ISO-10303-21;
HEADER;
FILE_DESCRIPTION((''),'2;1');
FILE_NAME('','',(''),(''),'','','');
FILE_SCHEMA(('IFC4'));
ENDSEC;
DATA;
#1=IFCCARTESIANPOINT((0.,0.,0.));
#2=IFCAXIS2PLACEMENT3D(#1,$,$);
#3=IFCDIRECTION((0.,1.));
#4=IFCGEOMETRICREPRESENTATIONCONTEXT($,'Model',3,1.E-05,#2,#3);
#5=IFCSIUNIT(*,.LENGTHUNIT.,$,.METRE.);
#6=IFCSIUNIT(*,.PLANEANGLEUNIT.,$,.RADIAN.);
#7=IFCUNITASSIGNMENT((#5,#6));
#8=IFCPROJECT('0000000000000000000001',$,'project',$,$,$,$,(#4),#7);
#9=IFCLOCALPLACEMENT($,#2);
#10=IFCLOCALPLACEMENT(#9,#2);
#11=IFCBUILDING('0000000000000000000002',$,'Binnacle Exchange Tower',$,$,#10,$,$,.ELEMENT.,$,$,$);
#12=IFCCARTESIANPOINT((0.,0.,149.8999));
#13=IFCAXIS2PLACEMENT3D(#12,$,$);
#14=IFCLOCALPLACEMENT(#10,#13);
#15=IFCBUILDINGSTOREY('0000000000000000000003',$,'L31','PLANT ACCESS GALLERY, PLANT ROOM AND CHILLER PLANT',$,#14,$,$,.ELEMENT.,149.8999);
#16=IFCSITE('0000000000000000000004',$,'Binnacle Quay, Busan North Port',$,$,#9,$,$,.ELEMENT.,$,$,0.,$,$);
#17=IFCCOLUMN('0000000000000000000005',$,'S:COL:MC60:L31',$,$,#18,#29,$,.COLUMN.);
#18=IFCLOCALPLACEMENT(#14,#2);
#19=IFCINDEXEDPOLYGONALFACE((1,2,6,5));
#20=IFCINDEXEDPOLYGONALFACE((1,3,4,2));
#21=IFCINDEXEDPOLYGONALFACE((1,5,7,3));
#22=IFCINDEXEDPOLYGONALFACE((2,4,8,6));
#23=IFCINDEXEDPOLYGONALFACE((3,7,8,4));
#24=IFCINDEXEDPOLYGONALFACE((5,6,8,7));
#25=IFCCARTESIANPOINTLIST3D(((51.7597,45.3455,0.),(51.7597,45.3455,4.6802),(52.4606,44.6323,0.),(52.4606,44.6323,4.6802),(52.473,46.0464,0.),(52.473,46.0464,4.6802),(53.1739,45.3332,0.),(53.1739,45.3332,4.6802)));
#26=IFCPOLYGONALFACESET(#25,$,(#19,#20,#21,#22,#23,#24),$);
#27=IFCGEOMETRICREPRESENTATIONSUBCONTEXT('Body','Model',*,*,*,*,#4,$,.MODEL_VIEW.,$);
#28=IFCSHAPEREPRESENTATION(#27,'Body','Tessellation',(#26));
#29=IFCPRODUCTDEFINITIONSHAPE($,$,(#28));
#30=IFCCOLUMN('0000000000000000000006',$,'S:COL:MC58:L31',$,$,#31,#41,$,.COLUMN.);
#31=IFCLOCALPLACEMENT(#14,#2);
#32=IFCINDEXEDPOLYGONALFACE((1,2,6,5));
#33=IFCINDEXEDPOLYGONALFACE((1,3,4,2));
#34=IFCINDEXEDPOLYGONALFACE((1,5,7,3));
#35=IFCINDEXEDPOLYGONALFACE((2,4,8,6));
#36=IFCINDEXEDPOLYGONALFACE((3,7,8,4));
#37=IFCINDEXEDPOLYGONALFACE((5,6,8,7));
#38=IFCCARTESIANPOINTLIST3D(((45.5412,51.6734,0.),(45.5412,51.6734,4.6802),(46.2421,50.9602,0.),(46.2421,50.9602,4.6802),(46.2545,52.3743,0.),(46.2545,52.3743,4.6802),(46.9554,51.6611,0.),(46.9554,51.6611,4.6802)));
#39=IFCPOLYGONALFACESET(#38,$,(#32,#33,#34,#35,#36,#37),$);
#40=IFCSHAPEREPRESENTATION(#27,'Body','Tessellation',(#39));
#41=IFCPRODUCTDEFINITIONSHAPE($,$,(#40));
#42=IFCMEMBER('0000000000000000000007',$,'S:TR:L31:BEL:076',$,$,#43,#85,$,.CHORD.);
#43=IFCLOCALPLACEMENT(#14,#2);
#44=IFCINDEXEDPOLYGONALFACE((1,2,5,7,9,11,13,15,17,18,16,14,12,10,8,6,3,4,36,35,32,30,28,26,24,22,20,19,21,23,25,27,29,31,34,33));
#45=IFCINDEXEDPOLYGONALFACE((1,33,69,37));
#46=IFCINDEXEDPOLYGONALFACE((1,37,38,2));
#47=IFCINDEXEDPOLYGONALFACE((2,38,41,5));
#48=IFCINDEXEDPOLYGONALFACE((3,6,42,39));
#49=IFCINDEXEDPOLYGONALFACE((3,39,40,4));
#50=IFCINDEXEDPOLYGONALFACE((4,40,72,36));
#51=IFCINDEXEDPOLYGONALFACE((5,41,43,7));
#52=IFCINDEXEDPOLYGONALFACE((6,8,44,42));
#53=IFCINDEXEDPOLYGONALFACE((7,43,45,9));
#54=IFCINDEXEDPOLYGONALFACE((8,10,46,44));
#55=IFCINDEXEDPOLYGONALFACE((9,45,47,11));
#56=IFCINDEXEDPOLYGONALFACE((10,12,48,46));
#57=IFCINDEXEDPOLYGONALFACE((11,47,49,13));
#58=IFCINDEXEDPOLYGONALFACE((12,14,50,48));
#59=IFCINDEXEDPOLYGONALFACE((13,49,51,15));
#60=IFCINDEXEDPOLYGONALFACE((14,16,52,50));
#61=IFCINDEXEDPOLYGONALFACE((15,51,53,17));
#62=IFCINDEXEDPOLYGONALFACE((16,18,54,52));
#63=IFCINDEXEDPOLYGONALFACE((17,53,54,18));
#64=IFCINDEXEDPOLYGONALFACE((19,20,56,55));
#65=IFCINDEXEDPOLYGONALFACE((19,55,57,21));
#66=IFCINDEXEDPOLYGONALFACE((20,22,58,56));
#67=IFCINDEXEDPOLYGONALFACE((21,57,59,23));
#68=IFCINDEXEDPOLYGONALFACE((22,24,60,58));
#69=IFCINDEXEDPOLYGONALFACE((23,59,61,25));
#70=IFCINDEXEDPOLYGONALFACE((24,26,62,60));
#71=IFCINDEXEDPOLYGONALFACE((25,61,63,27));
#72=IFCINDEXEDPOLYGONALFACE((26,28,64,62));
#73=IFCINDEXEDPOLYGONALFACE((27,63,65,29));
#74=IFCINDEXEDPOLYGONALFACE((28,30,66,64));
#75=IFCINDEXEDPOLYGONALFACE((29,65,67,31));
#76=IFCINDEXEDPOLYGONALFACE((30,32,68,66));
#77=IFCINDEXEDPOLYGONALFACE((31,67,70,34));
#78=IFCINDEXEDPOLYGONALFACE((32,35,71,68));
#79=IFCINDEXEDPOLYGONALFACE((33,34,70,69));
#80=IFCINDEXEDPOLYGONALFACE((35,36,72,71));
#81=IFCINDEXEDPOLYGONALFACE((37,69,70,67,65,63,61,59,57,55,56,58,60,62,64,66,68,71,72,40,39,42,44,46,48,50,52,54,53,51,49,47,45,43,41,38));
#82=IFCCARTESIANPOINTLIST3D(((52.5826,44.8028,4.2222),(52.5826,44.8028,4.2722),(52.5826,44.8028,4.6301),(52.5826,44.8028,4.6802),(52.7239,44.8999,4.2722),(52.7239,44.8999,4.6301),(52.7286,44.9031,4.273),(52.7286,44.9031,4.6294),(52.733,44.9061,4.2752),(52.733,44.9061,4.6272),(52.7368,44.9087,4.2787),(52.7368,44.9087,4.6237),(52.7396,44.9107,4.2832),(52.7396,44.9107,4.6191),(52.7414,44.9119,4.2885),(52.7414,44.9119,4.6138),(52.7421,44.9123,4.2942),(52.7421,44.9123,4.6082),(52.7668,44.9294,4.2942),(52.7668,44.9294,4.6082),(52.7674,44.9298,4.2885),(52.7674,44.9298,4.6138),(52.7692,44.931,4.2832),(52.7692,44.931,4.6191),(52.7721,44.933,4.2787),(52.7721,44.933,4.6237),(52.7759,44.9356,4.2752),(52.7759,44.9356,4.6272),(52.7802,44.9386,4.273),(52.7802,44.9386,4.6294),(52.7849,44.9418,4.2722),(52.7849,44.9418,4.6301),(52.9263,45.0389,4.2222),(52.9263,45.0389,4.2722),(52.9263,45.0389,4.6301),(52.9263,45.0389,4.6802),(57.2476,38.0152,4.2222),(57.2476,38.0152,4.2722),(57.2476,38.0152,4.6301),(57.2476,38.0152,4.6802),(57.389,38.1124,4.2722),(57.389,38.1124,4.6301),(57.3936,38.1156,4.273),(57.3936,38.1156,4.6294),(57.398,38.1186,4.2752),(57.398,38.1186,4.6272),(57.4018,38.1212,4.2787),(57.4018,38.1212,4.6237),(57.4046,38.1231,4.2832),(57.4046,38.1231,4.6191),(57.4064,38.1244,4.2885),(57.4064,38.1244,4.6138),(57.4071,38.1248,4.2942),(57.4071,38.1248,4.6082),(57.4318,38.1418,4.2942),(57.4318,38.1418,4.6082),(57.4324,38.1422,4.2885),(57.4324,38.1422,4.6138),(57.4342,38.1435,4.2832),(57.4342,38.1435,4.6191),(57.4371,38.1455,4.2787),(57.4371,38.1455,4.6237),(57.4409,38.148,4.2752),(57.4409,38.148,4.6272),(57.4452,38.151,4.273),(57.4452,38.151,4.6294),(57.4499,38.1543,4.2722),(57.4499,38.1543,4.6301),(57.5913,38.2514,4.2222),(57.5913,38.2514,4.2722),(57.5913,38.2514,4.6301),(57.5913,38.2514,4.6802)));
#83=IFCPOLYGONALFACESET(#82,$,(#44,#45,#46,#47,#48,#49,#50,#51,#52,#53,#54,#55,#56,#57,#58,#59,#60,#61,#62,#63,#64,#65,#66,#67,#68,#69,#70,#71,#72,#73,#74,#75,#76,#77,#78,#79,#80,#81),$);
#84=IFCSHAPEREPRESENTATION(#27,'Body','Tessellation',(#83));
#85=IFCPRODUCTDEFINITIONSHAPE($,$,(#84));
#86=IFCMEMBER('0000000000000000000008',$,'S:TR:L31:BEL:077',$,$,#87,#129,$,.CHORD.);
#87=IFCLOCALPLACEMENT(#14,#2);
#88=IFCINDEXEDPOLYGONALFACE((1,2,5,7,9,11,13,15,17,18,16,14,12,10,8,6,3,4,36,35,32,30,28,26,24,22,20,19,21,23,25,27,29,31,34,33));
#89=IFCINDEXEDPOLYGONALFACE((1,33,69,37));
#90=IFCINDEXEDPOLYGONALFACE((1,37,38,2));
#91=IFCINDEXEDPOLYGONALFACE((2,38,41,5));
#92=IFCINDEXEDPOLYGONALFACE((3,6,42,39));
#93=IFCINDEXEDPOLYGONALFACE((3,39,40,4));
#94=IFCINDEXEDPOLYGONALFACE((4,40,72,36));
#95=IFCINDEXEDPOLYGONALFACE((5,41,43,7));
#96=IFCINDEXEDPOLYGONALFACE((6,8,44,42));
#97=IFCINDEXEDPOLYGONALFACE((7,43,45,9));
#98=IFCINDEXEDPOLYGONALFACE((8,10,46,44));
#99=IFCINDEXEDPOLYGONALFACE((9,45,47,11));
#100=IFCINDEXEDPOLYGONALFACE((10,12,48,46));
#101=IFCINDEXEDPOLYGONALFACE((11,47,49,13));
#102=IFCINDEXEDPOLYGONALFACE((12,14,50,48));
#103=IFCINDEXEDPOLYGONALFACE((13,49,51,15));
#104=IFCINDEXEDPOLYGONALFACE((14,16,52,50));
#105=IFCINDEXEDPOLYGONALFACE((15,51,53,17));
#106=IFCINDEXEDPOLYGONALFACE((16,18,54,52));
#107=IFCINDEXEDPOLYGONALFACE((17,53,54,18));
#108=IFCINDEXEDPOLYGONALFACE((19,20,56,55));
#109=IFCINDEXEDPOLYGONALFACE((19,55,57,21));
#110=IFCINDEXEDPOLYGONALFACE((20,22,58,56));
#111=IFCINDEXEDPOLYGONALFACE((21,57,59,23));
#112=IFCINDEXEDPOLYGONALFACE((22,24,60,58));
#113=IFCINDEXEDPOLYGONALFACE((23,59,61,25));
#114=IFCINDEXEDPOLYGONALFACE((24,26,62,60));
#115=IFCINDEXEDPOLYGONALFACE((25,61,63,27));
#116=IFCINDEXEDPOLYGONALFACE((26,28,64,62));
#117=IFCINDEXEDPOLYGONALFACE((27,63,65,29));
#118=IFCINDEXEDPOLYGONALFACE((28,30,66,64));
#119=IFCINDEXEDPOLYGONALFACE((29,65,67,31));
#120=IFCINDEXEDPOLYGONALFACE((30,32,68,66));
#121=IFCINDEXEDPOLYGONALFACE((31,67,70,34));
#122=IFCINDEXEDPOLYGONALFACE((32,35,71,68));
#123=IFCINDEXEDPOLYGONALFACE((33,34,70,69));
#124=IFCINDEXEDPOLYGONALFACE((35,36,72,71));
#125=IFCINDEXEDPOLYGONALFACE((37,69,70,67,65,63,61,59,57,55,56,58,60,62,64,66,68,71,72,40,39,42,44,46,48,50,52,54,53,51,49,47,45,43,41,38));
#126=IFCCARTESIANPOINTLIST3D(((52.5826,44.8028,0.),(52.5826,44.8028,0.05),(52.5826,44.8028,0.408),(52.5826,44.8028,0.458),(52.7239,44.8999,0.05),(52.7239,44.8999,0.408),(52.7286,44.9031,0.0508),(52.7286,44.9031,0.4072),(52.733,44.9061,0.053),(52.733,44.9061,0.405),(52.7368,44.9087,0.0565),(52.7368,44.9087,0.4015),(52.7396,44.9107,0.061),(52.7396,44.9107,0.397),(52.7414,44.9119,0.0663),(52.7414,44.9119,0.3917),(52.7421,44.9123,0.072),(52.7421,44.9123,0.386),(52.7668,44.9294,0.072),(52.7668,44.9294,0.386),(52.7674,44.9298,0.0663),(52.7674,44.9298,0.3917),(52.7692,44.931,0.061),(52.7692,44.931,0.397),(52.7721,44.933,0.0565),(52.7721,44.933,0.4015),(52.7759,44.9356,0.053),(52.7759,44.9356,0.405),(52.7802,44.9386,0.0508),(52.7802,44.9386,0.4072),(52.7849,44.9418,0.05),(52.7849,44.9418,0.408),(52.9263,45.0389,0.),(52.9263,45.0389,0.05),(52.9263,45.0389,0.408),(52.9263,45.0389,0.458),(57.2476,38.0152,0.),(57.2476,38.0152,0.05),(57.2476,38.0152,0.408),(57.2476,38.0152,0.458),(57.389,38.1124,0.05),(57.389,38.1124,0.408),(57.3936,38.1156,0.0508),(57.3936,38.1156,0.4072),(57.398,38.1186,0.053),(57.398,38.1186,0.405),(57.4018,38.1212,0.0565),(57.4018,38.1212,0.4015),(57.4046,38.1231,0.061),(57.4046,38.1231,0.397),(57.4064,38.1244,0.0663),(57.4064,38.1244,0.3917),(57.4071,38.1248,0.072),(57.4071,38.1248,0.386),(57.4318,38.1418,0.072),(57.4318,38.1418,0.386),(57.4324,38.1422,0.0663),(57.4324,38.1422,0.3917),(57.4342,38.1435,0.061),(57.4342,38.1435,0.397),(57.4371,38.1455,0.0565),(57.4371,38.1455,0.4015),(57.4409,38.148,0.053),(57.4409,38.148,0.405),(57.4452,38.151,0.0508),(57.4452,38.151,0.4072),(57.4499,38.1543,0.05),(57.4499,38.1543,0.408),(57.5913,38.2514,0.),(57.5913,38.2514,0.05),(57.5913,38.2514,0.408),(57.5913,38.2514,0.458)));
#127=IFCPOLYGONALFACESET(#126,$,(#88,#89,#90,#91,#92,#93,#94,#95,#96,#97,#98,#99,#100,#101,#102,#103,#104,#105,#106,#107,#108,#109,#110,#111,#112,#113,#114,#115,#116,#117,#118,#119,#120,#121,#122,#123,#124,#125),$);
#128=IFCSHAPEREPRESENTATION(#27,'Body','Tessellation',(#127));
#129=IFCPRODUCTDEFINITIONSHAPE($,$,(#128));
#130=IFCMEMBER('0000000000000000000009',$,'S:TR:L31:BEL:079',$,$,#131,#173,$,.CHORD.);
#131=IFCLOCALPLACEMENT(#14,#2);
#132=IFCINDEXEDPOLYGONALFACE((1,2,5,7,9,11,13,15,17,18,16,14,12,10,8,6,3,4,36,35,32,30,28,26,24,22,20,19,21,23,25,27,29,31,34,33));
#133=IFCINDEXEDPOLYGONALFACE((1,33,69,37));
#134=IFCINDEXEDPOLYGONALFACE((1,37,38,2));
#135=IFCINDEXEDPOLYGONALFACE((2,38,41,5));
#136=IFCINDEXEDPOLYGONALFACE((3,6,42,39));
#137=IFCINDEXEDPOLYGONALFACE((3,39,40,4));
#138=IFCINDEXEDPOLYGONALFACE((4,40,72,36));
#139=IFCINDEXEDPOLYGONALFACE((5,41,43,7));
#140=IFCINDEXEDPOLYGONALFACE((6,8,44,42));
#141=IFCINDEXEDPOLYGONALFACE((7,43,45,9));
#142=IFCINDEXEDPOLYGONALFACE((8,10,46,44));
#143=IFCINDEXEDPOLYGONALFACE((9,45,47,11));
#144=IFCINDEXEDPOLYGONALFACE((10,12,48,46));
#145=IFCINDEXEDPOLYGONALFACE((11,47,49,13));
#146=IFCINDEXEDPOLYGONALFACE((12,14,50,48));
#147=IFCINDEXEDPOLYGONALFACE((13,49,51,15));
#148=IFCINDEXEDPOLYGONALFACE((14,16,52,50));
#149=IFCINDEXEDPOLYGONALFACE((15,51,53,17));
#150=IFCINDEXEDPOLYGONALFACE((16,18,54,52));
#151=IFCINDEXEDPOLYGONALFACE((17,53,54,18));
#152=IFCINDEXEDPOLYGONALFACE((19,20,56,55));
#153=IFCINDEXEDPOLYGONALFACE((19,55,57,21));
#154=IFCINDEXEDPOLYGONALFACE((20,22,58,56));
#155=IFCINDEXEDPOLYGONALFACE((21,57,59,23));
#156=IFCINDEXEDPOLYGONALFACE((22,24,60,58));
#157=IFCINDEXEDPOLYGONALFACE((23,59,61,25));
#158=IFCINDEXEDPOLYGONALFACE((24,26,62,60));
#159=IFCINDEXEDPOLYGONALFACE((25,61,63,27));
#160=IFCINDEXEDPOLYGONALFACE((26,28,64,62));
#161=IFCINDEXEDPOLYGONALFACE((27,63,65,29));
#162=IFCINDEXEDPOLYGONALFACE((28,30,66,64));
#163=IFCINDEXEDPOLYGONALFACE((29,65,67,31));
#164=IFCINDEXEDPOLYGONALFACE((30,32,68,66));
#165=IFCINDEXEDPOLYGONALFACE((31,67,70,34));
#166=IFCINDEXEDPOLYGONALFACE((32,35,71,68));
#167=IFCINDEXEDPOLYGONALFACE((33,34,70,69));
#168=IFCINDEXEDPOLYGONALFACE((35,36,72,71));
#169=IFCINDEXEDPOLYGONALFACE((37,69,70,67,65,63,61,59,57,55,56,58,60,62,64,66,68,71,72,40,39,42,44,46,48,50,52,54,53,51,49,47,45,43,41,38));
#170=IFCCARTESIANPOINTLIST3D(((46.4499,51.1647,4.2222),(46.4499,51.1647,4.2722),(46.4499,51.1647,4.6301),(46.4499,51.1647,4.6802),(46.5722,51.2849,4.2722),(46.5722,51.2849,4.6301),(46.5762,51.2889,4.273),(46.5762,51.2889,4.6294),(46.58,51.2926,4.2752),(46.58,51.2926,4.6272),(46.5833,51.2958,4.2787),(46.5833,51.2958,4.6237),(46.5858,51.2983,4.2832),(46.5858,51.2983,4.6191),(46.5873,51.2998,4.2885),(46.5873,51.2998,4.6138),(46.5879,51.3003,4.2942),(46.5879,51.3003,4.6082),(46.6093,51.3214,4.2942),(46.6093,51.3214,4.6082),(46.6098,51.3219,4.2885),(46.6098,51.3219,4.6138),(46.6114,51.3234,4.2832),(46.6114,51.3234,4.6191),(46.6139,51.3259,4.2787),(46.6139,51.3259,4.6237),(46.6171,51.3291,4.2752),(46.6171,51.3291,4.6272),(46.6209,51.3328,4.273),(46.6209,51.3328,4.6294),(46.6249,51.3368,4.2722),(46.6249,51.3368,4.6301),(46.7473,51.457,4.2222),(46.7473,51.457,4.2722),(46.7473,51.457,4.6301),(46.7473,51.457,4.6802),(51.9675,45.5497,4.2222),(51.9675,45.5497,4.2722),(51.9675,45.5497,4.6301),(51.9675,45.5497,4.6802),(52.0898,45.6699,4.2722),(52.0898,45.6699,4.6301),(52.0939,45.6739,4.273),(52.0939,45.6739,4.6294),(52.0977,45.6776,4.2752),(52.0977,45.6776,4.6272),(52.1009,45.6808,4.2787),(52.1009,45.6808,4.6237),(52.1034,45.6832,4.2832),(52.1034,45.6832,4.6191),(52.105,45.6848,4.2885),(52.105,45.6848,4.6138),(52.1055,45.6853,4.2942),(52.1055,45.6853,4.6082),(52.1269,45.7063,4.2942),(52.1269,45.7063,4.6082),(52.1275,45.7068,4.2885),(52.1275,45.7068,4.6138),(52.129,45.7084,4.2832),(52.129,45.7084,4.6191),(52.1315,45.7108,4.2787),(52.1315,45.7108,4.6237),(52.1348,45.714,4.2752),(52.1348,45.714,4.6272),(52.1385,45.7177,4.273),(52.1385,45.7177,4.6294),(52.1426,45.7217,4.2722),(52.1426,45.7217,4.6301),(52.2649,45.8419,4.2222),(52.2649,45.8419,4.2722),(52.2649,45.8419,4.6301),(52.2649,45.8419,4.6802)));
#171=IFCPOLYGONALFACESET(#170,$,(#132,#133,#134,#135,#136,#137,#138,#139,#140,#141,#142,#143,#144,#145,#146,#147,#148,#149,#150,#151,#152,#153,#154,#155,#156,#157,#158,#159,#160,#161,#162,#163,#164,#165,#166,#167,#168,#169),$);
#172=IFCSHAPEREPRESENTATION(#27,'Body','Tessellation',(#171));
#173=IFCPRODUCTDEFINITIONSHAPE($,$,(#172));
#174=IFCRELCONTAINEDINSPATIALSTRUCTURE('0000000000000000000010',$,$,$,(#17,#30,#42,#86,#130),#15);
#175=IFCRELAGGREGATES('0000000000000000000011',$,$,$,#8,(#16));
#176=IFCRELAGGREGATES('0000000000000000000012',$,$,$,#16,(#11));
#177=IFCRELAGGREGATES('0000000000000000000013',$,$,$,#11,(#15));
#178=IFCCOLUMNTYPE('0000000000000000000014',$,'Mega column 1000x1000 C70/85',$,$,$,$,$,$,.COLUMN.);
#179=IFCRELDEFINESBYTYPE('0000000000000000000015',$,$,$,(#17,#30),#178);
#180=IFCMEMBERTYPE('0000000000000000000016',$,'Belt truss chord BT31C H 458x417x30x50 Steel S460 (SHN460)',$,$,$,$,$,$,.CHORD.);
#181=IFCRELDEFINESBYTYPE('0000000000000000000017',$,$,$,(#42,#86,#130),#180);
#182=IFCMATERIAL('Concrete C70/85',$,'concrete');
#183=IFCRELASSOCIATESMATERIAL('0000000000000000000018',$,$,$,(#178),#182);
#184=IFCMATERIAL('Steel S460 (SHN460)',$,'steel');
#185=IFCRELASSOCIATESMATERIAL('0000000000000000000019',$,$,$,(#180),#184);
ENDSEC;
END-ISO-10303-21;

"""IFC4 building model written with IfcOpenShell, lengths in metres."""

from ifc_helpers import new_model, si_unit, direction, frame, origin, origin_2d, place, context, subcontext, project, spatial, rectangle, i_section, extrude, material, material_profile, profile_set, type_object, element, save


model = new_model("IFC4")

# Units and contexts
model_context = context("Model", 3, precision=1e-05, world=origin(), true_north=direction((0.0, 1.0)))
body_context = subcontext(model_context, "Body", "Model", "MODEL_VIEW")
ifc_project = project(units=[si_unit("LENGTHUNIT", "METRE"), si_unit("PLANEANGLEUNIT", "RADIAN")], contexts=[model_context])

# Site, building, storey
site_placement = place(None, origin())
site = spatial("IfcSite", under=ifc_project, at=site_placement, Name="Binnacle Quay, Busan North Port", CompositionType="ELEMENT", RefElevation=0.0)
building_placement = place(site_placement, origin())
building = spatial("IfcBuilding", under=site, at=building_placement, Name="Binnacle Exchange Tower", CompositionType="ELEMENT")
storey_placement = place(building_placement, frame((0.0, 0.0, 149.8999)))
storey = spatial("IfcBuildingStorey", under=building, at=storey_placement, Name="L31", Description="PLANT ACCESS GALLERY, PLANT ROOM AND CHILLER PLANT", CompositionType="ELEMENT", Elevation=149.8999)

# Columns
ifc_material_1 = material(Name="Concrete C70/85", Category="concrete")
ifc_material_profile_1 = material_profile(ifc_material_1, rectangle(XDim=1.0, YDim=1.0, at=origin_2d()), Name="Mega column 1000x1000 C70/85")
ifc_profile_set_1 = profile_set([ifc_material_profile_1], Name="Concrete C70/85")
column_type = type_object("IfcColumnType", Name="Mega column 1000x1000 C70/85", PredefinedType="COLUMN", material=ifc_profile_set_1)
for number, where, z_axis, x_axis, name in (
    (1, (52.4668, 45.3394, 0.0), (0.0, 0.0, 1.0), (-0.700909, 0.71325, 0.0), "S:COL:MC60:L31"),
    (2, (46.2483, 51.6672, 0.0), (0.0, 0.0, 1.0), (-0.700909, 0.71325, 0.0), "S:COL:MC58:L31"),
):
    element("IfcColumn", number, at=place(storey_placement, frame(where, z_axis=z_axis, x_axis=x_axis)), inside=storey, type_object=column_type, Name=name, PredefinedType="COLUMN", context=body_context, shape_type="SweptSolid", body=[
        extrude(rectangle(XDim=1.0, YDim=1.0, at=origin_2d()), origin(), (0.0, 0.0, 1.0), 4.6802),
    ])

# Members
ifc_material_2 = material(Name="Steel S460 (SHN460)", Category="steel")
ifc_material_profile_2 = material_profile(ifc_material_2, i_section(OverallWidth=0.417, OverallDepth=0.458, WebThickness=0.03, FlangeThickness=0.05, FilletRadius=0.022, at=origin_2d()), Name="H 458x417x30x50")
ifc_profile_set_2 = profile_set([ifc_material_profile_2], Name="Steel S460 (SHN460)")
member_type_1 = type_object("IfcMemberType", Name="Belt truss chord BT31C H 458x417x30x50 Steel S460 (SHN460)", PredefinedType="CHORD", material=ifc_profile_set_2)
for number, where, z_axis, x_axis, name in (
    (3, (57.4194, 38.1333, 4.4512), (-0.566411, 0.824123, 0.0), (-0.824123, -0.566411, 0.0), "S:TR:L31:BEL:076"),
    (4, (57.4194, 38.1333, 0.229), (-0.566411, 0.824123, 0.0), (-0.824123, -0.566411, 0.0), "S:TR:L31:BEL:077"),
):
    element("IfcMember", number, at=place(storey_placement, frame(where, z_axis=z_axis, x_axis=x_axis)), inside=storey, type_object=member_type_1, Name=name, PredefinedType="CHORD", context=body_context, shape_type="SweptSolid", body=[
        extrude(i_section(OverallWidth=0.417, OverallDepth=0.458, WebThickness=0.03, FlangeThickness=0.05, FilletRadius=0.022, at=origin_2d()), origin(), (0.0, 0.0, 1.0), 8.2361),
    ])
for number, where, z_axis, x_axis, name in (
    (5, (52.1162, 45.6958, 4.4512), (-0.700893, 0.713267, 0.0), (-0.713267, -0.700893, 0.0), "S:TR:L31:BEL:079"),
):
    element("IfcMember", number, at=place(storey_placement, frame(where, z_axis=z_axis, x_axis=x_axis)), inside=storey, type_object=member_type_1, Name=name, PredefinedType="CHORD", context=body_context, shape_type="SweptSolid", body=[
        extrude(i_section(OverallWidth=0.417, OverallDepth=0.458, WebThickness=0.03, FlangeThickness=0.05, FilletRadius=0.022, at=origin_2d()), origin(), (0.0, 0.0, 1.0), 7.8723),
    ])

save(model, "model.ifc")
